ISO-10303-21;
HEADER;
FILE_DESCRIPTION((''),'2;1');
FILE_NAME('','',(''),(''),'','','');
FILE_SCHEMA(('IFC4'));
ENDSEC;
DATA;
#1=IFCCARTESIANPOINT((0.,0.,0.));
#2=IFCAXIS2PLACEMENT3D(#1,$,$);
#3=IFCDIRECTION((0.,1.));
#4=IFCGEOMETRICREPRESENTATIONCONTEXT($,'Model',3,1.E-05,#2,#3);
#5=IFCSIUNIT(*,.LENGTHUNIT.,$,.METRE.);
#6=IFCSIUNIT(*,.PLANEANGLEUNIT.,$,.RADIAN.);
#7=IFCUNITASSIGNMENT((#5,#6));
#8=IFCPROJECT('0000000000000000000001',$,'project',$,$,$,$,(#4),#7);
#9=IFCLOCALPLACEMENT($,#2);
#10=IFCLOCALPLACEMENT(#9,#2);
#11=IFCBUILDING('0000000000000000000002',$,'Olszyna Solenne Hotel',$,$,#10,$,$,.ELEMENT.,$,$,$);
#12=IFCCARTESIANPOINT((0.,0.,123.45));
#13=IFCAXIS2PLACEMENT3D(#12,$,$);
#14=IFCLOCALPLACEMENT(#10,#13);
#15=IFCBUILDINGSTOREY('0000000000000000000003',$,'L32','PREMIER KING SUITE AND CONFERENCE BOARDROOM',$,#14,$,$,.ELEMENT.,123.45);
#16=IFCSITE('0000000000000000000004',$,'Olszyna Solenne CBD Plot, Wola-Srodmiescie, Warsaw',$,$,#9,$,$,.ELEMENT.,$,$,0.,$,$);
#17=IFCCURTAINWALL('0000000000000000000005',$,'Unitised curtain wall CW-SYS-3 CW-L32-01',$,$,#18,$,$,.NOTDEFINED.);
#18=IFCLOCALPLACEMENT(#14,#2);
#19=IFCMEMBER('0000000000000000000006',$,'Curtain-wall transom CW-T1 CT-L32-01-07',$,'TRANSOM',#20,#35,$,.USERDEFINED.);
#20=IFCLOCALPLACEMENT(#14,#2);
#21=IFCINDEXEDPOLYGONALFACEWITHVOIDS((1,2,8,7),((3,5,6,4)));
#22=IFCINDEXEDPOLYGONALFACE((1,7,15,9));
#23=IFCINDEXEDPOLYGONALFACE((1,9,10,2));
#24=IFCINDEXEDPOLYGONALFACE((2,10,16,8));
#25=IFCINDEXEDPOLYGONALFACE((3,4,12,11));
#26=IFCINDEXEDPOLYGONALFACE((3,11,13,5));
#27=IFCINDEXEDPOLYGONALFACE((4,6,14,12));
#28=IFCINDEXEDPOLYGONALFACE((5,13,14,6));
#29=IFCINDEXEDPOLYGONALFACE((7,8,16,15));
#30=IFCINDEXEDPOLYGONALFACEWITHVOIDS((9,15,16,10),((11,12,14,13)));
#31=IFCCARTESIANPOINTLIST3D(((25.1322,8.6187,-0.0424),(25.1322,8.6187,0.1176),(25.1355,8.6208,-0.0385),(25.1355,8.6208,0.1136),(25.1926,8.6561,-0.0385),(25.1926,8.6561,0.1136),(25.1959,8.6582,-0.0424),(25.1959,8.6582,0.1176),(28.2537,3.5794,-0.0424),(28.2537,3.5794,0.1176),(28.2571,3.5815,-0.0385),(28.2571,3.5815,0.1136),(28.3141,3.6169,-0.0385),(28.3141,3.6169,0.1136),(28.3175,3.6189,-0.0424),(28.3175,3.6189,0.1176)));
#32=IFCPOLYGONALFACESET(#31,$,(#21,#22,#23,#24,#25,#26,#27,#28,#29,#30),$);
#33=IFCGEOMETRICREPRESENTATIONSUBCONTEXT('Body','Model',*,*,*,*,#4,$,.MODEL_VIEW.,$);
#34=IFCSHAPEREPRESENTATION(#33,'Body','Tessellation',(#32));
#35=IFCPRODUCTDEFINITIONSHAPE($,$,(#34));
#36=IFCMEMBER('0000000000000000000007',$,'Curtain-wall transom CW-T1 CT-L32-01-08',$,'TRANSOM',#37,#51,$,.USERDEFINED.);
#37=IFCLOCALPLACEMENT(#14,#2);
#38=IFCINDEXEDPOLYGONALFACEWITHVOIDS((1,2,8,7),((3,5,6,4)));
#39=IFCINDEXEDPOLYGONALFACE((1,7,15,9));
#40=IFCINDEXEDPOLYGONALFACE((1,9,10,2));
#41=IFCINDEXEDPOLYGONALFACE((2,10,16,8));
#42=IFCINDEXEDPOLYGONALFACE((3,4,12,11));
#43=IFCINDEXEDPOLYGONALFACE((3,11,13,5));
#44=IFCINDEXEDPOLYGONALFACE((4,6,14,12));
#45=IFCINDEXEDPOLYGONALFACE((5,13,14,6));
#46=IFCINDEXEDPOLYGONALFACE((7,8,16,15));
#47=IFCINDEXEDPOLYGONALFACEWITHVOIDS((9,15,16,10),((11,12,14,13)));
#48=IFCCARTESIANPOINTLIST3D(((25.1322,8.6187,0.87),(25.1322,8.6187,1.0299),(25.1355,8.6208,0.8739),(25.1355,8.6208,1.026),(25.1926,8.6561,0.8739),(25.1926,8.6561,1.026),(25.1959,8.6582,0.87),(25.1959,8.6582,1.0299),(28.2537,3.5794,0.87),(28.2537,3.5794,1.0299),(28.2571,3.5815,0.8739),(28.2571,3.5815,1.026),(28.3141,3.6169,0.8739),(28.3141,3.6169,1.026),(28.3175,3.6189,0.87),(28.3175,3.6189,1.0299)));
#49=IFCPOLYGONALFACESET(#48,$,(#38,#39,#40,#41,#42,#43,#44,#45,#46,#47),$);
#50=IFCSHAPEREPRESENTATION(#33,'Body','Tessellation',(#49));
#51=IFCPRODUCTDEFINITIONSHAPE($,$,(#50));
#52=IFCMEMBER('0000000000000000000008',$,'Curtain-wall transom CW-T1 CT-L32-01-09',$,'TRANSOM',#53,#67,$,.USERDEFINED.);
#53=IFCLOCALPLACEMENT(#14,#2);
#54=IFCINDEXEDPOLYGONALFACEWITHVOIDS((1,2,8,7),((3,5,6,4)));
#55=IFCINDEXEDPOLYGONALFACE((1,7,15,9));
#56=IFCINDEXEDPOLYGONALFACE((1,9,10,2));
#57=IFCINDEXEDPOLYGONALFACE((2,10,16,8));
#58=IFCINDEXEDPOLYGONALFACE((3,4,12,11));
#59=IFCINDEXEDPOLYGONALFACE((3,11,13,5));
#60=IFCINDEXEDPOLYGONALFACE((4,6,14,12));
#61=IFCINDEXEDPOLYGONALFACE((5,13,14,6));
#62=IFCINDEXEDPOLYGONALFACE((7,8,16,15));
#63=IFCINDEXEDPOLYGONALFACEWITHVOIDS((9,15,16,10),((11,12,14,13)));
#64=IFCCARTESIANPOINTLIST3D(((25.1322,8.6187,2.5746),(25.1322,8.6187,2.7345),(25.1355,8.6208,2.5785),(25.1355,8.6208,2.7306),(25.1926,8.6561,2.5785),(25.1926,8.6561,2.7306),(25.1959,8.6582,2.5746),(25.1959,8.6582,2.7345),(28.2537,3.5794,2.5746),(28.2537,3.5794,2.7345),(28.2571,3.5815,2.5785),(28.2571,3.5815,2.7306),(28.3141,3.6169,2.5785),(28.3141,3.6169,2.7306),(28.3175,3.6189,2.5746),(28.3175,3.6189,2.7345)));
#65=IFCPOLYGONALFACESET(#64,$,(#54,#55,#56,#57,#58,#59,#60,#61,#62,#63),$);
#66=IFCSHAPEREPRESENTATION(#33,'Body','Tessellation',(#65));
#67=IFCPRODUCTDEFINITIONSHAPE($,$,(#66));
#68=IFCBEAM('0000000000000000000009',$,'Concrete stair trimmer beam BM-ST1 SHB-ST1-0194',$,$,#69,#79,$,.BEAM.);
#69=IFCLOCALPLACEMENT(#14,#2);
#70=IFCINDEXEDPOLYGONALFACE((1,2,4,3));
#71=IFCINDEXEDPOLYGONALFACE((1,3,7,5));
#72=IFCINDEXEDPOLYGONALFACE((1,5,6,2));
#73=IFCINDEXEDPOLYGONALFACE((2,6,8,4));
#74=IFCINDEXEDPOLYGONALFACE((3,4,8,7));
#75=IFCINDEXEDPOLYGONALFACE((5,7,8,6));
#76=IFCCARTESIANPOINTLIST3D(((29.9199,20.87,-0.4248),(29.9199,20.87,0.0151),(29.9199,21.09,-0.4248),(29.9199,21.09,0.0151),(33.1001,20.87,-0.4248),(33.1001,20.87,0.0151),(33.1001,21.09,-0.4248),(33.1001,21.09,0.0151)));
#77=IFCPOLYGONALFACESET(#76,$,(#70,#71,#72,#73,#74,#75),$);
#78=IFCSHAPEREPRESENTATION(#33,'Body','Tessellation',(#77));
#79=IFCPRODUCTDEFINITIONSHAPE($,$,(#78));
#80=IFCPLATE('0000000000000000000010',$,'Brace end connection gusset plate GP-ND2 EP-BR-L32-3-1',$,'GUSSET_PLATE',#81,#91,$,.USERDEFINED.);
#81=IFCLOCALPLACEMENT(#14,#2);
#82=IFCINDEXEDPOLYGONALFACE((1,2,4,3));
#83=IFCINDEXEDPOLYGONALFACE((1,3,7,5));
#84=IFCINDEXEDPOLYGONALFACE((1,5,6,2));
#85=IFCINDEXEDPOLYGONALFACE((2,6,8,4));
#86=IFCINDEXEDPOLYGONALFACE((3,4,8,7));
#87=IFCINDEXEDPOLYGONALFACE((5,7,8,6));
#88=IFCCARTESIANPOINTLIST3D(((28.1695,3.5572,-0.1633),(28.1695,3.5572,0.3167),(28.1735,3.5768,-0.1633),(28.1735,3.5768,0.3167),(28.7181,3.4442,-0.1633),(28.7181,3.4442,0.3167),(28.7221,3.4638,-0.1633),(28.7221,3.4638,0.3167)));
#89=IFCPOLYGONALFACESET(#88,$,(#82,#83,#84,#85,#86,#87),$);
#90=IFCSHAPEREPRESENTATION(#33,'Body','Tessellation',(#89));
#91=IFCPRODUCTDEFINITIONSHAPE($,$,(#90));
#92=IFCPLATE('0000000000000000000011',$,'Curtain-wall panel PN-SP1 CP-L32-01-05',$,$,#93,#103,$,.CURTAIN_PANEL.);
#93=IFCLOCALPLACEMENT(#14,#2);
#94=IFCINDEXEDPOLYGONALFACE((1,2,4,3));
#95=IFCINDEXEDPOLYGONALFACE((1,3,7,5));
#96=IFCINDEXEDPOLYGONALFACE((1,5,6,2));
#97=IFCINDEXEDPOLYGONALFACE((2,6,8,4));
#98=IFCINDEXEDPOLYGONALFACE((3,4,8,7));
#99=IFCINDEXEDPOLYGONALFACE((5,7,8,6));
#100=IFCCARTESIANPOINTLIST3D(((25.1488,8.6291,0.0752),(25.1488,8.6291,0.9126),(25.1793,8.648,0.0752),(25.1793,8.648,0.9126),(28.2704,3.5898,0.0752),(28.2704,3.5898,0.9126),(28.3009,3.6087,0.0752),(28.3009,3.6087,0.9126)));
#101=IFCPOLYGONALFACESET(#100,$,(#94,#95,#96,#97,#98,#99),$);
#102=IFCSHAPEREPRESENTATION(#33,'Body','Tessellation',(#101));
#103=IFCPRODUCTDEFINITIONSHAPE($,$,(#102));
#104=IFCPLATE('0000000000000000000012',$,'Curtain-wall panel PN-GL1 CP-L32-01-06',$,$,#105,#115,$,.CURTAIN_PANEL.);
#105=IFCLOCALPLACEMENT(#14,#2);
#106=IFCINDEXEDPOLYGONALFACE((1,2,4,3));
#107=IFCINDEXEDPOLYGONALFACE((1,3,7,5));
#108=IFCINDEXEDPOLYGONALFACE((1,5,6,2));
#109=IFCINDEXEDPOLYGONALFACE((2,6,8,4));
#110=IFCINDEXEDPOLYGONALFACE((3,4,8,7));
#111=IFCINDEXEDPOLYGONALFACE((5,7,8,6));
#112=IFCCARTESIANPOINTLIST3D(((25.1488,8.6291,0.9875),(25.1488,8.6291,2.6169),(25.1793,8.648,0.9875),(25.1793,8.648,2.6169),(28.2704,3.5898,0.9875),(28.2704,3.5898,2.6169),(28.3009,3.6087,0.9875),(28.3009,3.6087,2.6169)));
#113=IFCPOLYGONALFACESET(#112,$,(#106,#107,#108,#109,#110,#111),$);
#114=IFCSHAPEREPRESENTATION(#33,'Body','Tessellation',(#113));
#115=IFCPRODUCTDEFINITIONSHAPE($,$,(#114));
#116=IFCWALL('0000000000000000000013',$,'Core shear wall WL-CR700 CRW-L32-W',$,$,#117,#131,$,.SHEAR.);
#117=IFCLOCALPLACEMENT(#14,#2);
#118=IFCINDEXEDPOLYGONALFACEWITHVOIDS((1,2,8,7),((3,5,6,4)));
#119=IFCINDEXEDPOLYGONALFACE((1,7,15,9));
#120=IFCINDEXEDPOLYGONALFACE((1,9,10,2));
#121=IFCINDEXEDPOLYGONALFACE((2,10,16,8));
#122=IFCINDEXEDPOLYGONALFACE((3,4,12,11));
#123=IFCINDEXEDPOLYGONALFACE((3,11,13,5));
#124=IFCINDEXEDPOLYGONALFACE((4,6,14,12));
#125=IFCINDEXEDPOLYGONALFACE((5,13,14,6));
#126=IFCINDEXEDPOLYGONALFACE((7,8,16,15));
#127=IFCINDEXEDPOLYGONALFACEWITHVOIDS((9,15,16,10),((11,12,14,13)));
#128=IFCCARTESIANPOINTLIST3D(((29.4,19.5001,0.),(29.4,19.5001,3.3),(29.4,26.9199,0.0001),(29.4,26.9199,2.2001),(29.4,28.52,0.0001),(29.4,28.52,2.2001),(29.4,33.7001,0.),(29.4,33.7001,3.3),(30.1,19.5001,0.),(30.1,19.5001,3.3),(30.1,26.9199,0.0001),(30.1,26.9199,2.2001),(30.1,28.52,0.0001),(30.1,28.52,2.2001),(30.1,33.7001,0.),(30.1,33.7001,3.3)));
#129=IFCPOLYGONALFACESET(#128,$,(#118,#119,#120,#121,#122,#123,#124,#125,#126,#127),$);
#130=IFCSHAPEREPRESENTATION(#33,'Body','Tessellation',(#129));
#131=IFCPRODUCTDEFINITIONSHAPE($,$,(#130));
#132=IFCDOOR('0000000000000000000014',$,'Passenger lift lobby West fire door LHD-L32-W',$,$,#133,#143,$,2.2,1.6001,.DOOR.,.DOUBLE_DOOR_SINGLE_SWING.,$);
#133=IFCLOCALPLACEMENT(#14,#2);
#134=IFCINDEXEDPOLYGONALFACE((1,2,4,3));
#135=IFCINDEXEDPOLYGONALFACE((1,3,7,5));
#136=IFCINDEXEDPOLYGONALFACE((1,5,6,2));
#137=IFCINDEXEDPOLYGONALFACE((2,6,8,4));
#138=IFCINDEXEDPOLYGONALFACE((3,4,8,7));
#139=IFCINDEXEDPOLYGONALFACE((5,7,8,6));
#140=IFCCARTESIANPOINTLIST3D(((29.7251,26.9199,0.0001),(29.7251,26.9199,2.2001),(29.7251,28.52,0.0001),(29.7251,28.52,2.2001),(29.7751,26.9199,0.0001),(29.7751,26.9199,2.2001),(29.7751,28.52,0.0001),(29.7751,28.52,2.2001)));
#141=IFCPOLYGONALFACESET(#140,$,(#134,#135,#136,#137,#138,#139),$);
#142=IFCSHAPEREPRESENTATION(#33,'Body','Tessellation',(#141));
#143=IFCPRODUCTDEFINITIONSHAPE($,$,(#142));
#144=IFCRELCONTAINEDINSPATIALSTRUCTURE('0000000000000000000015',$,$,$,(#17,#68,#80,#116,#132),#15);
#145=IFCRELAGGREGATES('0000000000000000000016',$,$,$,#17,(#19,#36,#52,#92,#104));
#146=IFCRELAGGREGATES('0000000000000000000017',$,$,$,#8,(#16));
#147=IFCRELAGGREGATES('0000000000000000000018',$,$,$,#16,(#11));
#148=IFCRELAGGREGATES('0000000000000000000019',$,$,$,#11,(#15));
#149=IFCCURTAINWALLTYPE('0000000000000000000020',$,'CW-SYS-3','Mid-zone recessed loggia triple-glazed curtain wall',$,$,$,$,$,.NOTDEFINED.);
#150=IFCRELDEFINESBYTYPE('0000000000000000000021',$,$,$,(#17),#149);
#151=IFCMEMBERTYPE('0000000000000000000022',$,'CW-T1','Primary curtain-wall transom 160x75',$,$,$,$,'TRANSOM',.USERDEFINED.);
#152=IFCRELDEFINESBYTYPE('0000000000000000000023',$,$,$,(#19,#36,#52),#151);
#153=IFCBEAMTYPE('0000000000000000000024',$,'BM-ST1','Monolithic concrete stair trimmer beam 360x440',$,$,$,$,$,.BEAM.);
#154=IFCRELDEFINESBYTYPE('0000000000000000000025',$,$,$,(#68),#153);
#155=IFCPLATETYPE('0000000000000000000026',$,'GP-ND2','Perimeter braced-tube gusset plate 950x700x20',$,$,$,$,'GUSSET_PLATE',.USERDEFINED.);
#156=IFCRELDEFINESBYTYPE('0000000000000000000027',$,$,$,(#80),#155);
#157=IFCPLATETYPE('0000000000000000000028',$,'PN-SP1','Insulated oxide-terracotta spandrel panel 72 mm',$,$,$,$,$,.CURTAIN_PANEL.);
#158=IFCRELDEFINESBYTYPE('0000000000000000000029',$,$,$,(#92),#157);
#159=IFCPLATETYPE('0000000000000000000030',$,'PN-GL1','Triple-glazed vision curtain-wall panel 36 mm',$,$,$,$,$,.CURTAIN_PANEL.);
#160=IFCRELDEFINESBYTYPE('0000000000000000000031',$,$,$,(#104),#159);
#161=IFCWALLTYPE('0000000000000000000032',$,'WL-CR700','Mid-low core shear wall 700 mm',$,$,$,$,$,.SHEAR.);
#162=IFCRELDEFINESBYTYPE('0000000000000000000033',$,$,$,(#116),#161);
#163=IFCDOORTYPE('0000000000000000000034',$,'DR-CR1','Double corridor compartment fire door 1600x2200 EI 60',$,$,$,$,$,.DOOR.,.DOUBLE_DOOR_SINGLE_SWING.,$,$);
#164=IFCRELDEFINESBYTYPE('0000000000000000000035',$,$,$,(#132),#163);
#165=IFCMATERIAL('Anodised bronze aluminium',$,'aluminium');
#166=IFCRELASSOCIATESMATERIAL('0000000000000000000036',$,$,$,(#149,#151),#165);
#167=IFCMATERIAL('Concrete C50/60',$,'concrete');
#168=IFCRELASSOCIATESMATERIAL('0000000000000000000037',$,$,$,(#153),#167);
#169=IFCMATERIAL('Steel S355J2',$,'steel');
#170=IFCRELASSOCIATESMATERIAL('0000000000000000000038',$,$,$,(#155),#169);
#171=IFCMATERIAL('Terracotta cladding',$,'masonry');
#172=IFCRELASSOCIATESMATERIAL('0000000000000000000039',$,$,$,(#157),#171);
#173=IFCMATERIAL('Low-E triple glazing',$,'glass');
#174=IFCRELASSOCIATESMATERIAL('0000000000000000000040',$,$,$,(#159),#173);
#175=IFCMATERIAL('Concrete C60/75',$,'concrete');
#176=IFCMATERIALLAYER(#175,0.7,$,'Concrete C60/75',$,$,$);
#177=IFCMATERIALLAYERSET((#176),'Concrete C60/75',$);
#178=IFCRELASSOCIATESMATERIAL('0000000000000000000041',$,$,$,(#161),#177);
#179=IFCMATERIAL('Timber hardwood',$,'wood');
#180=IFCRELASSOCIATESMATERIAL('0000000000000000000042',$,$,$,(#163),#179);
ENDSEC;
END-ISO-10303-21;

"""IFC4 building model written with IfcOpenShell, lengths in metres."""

from ifc_helpers import new_model, si_unit, direction, frame, frame_2d, origin, origin_2d, place, context, subcontext, project, spatial, rectangle, hollow_rectangle, extrude, source, transform, mapped, material, layer, layer_set, material_profile, profile_set, type_object, type_shapes, element, fill, aggregate, save


model = new_model("IFC4")

# Units and contexts
model_context = context("Model", 3, precision=1e-05, world=origin(), true_north=direction((0.0, 1.0)))
body_context = subcontext(model_context, "Body", "Model", "MODEL_VIEW")
ifc_project = project(units=[si_unit("LENGTHUNIT", "METRE"), si_unit("PLANEANGLEUNIT", "RADIAN")], contexts=[model_context])

# Site, building, storey
site_placement = place(None, origin())
site = spatial("IfcSite", under=ifc_project, at=site_placement, Name="Olszyna Solenne CBD Plot, Wola-Srodmiescie, Warsaw", CompositionType="ELEMENT", RefElevation=0.0)
building_placement = place(site_placement, origin())
building = spatial("IfcBuilding", under=site, at=building_placement, Name="Olszyna Solenne Hotel", CompositionType="ELEMENT")
storey_placement = place(building_placement, frame((0.0, 0.0, 123.45)))
storey = spatial("IfcBuildingStorey", under=building, at=storey_placement, Name="L32", Description="PREMIER KING SUITE AND CONFERENCE BOARDROOM", CompositionType="ELEMENT", Elevation=123.45)

# Shared definitions
ifc_material_1 = material(Name="Steel S355J2", Category="steel")

# Curtain wall, members
ifc_material_2 = material(Name="Anodised bronze aluminium", Category="aluminium")
curtain_wall_type = type_object("IfcCurtainWallType", Name="CW-SYS-3", Description="Mid-zone recessed loggia triple-glazed curtain wall", PredefinedType="NOTDEFINED", material=ifc_material_2)
curtain_wall_placement = place(storey_placement, origin())
curtain_wall = element("IfcCurtainWall", 1, at=curtain_wall_placement, inside=storey, type_object=curtain_wall_type, Name="Unitised curtain wall CW-SYS-3 CW-L32-01", PredefinedType="NOTDEFINED")
ifc_material_profile_1 = material_profile(ifc_material_2, hollow_rectangle(XDim=0.075, YDim=0.1599, WallThickness=0.0039, at=origin_2d()), Name="TRAN 160x75x4", Category="load-bearing")
ifc_profile_set_1 = profile_set([ifc_material_profile_1], Name="Anodised bronze aluminium")
member_type_1 = type_object("IfcMemberType", Name="CW-T1", Description="Primary curtain-wall transom 160x75", ElementType="TRANSOM", PredefinedType="USERDEFINED", material=ifc_profile_set_1)
shared_shape_1 = source(origin(), body_context, "Body", "SweptSolid", [
    extrude(hollow_rectangle(XDim=0.075, YDim=0.1599, WallThickness=0.0039, at=origin_2d()), origin(), (0.0, 0.0, 1.0), 5.9277),
])
member_1_placement = place(storey_placement, frame((25.1641, 8.6384, 0.0376), z_axis=(0.5266, -0.850113, 0.0), x_axis=(0.850113, 0.5266, 0.0)))
member_1 = element("IfcMember", 2, at=member_1_placement, type_object=member_type_1, Name="Curtain-wall transom CW-T1 CT-L32-01-07", ObjectType="TRANSOM", PredefinedType="USERDEFINED", context=body_context, shape_type="MappedRepresentation", body=[
    mapped(shared_shape_1, transform((0.0, 0.0, 0.0), x_axis=(1.0, 0.0, 0.0), y_axis=(0.0, 1.0, 0.0), z_axis=(0.0, 0.0, 1.0), scale=1.0)),
])
member_2_placement = place(storey_placement, frame((25.1641, 8.6384, 0.95), z_axis=(0.5266, -0.850113, 0.0), x_axis=(0.850113, 0.5266, 0.0)))
member_2 = element("IfcMember", 3, at=member_2_placement, type_object=member_type_1, Name="Curtain-wall transom CW-T1 CT-L32-01-08", ObjectType="TRANSOM", PredefinedType="USERDEFINED", context=body_context, shape_type="MappedRepresentation", body=[
    mapped(shared_shape_1, transform((0.0, 0.0, 0.0), x_axis=(1.0, 0.0, 0.0), y_axis=(0.0, 1.0, 0.0), z_axis=(0.0, 0.0, 1.0), scale=1.0)),
])
member_3_placement = place(storey_placement, frame((25.1641, 8.6384, 2.6545), z_axis=(0.5266, -0.850113, 0.0), x_axis=(0.850113, 0.5266, 0.0)))
member_3 = element("IfcMember", 4, at=member_3_placement, type_object=member_type_1, Name="Curtain-wall transom CW-T1 CT-L32-01-09", ObjectType="TRANSOM", PredefinedType="USERDEFINED", context=body_context, shape_type="MappedRepresentation", body=[
    mapped(shared_shape_1, transform((0.0, 0.0, 0.0), x_axis=(1.0, 0.0, 0.0), y_axis=(0.0, 1.0, 0.0), z_axis=(0.0, 0.0, 1.0), scale=1.0)),
])

# Beam
ifc_material_3 = material(Name="Concrete C50/60", Category="concrete")
ifc_material_profile_2 = material_profile(ifc_material_3, rectangle(XDim=0.22, YDim=0.4399, at=origin_2d()), Name="RC 220x440", Category="load-bearing")
ifc_profile_set_2 = profile_set([ifc_material_profile_2], Name="Concrete C50/60")
beam_type_1 = type_object("IfcBeamType", Name="BM-ST1", Description="Monolithic concrete stair trimmer beam 360x440", PredefinedType="BEAM", material=ifc_profile_set_2)
shared_shape_2 = source(origin(), body_context, "Body", "SweptSolid", [
    extrude(rectangle(XDim=0.22, YDim=0.4399, at=origin_2d()), origin(), (0.0, 0.0, 1.0), 3.1802),
])
beam_1_placement = place(storey_placement, frame((33.1001, 20.98, -0.2048), z_axis=(-1.0, 0.0, 0.0), x_axis=(0.0, -1.0, 0.0)))
element("IfcBeam", 5, at=beam_1_placement, inside=storey, type_object=beam_type_1, Name="Concrete stair trimmer beam BM-ST1 SHB-ST1-0194", PredefinedType="BEAM", context=body_context, shape_type="MappedRepresentation", body=[
    mapped(shared_shape_2, transform((0.0, 0.0, 0.0), x_axis=(1.0, 0.0, 0.0), y_axis=(0.0, 1.0, 0.0), z_axis=(0.0, 0.0, 1.0), scale=1.0)),
])

# Plates
plate_type_1 = type_object("IfcPlateType", Name="GP-ND2", Description="Perimeter braced-tube gusset plate 950x700x20", ElementType="GUSSET_PLATE", PredefinedType="USERDEFINED", material=ifc_material_1)
shared_shape_3 = source(origin(), body_context, "Body", "SweptSolid", [
    extrude(rectangle(XDim=0.5601, YDim=0.02, at=origin_2d()), origin(), (0.0, 0.0, 1.0), 0.48),
])
plate_1_placement = place(storey_placement, frame((28.4458, 3.5105, -0.1633), z_axis=(0.0, 0.0, 1.0), x_axis=(0.979435, -0.201762, 0.0)))
element("IfcPlate", 6, at=plate_1_placement, inside=storey, type_object=plate_type_1, Name="Brace end connection gusset plate GP-ND2 EP-BR-L32-3-1", ObjectType="GUSSET_PLATE", PredefinedType="USERDEFINED", context=body_context, shape_type="MappedRepresentation", body=[
    mapped(shared_shape_3, transform((0.0, 0.0, 0.0), x_axis=(1.0, 0.0, 0.0), y_axis=(0.0, 1.0, 0.0), z_axis=(0.0, 0.0, 1.0), scale=1.0)),
])
ifc_material_4 = material(Name="Terracotta cladding", Category="masonry")
plate_type_2 = type_object("IfcPlateType", Name="PN-SP1", Description="Insulated oxide-terracotta spandrel panel 72 mm", PredefinedType="CURTAIN_PANEL", material=ifc_material_4)
shared_shape_4 = source(origin(), body_context, "Body", "SweptSolid", [
    extrude(rectangle(XDim=5.9277, YDim=0.0359, at=origin_2d()), origin(), (0.0, 0.0, 1.0), 0.8374),
])
plate_2_placement = place(storey_placement, frame((26.7249, 6.1189, 0.0752), z_axis=(0.0, 0.0, 1.0), x_axis=(0.526602, -0.850112, 0.0)))
plate_2 = element("IfcPlate", 7, at=plate_2_placement, type_object=plate_type_2, Name="Curtain-wall panel PN-SP1 CP-L32-01-05", PredefinedType="CURTAIN_PANEL", context=body_context, shape_type="MappedRepresentation", body=[
    mapped(shared_shape_4, transform((0.0, 0.0, 0.0), x_axis=(1.0, 0.0, 0.0), y_axis=(0.0, 1.0, 0.0), z_axis=(0.0, 0.0, 1.0), scale=1.0)),
])
ifc_material_5 = material(Name="Low-E triple glazing", Category="glass")
plate_type_3 = type_object("IfcPlateType", Name="PN-GL1", Description="Triple-glazed vision curtain-wall panel 36 mm", PredefinedType="CURTAIN_PANEL", material=ifc_material_5)
shared_shape_5 = source(origin(), body_context, "Body", "SweptSolid", [
    extrude(rectangle(XDim=5.9277, YDim=0.0359, at=origin_2d()), origin(), (0.0, 0.0, 1.0), 1.6294),
])
plate_3_placement = place(storey_placement, frame((26.7249, 6.1189, 0.9875), z_axis=(0.0, 0.0, 1.0), x_axis=(0.526602, -0.850112, 0.0)))
plate_3 = element("IfcPlate", 8, at=plate_3_placement, type_object=plate_type_3, Name="Curtain-wall panel PN-GL1 CP-L32-01-06", PredefinedType="CURTAIN_PANEL", context=body_context, shape_type="MappedRepresentation", body=[
    mapped(shared_shape_5, transform((0.0, 0.0, 0.0), x_axis=(1.0, 0.0, 0.0), y_axis=(0.0, 1.0, 0.0), z_axis=(0.0, 0.0, 1.0), scale=1.0)),
])
aggregate(curtain_wall, [member_1, member_2, member_3, plate_2, plate_3])

# Wall, opening, door
ifc_material_6 = material(Name="Concrete C60/75", Category="concrete")
ifc_layer_1 = layer(ifc_material_6, 0.7, Name="Concrete C60/75")
ifc_layer_set_1 = layer_set([ifc_layer_1], Name="Concrete C60/75")
wall_type_1 = type_object("IfcWallType", Name="WL-CR700", Description="Mid-low core shear wall 700 mm", PredefinedType="SHEAR", material=ifc_layer_set_1)
wall_1_placement = place(storey_placement, frame((29.75, 19.5, 0.0), z_axis=(0.0, 0.0, 1.0), x_axis=(0.0, 1.0, 0.0)))
wall_1 = element("IfcWall", 9, at=wall_1_placement, inside=storey, type_object=wall_type_1, Name="Core shear wall WL-CR700 CRW-L32-W", PredefinedType="SHEAR", context=body_context, shape_type="SweptSolid", body=[
    extrude(rectangle(XDim=14.2, YDim=0.7, at=frame_2d((7.1001, 0.0))), origin(), (0.0, 0.0, 1.0), 3.3),
])
opening_1_placement = place(wall_1_placement, frame((7.4199, 0.0, 0.0)))
opening_1 = element("IfcOpeningElement", 10, at=opening_1_placement, cuts=wall_1, PredefinedType="OPENING", context=body_context, shape_type="SweptSolid", body=[
    extrude(rectangle(XDim=1.6001, YDim=2.2, at=frame_2d((0.8, 1.1001))), frame((0.0, 0.3599, 0.0), z_axis=(0.0, -1.0, 0.0), x_axis=(1.0, 0.0, 0.0)), (0.0, 0.0, 1.0), 0.72),
])
ifc_material_7 = material(Name="Timber hardwood", Category="wood")
door_type_1 = type_object("IfcDoorType", Name="DR-CR1", Description="Double corridor compartment fire door 1600x2200 EI 60", OperationType="DOUBLE_DOOR_SINGLE_SWING", PredefinedType="DOOR", material=ifc_material_7)
shared_shape_6 = source(origin(), body_context, "Body", "SweptSolid", [
    extrude(rectangle(XDim=1.6001, YDim=2.2, at=frame_2d((0.8, 1.1001))), frame((0.0, 0.0249, 0.0), z_axis=(0.0, -1.0, 0.0), x_axis=(1.0, 0.0, 0.0)), (0.0, 0.0, 1.0), 0.05),
])
type_shapes(door_type_1, [shared_shape_6])
door_1_placement = place(opening_1_placement, origin())
door_1 = element("IfcDoor", 11, at=door_1_placement, inside=storey, type_object=door_type_1, Name="Passenger lift lobby West fire door LHD-L32-W", OperationType="DOUBLE_DOOR_SINGLE_SWING", OverallHeight=2.2, OverallWidth=1.6001, PredefinedType="DOOR", context=body_context, shape_type="MappedRepresentation", body=[
    mapped(shared_shape_6, transform((0.0, 0.0, 0.0), x_axis=(1.0, 0.0, 0.0), y_axis=(0.0, 1.0, 0.0), z_axis=(0.0, 0.0, 1.0), scale=1.0)),
])
fill(opening_1, door_1)

save(model, "model.ifc")
